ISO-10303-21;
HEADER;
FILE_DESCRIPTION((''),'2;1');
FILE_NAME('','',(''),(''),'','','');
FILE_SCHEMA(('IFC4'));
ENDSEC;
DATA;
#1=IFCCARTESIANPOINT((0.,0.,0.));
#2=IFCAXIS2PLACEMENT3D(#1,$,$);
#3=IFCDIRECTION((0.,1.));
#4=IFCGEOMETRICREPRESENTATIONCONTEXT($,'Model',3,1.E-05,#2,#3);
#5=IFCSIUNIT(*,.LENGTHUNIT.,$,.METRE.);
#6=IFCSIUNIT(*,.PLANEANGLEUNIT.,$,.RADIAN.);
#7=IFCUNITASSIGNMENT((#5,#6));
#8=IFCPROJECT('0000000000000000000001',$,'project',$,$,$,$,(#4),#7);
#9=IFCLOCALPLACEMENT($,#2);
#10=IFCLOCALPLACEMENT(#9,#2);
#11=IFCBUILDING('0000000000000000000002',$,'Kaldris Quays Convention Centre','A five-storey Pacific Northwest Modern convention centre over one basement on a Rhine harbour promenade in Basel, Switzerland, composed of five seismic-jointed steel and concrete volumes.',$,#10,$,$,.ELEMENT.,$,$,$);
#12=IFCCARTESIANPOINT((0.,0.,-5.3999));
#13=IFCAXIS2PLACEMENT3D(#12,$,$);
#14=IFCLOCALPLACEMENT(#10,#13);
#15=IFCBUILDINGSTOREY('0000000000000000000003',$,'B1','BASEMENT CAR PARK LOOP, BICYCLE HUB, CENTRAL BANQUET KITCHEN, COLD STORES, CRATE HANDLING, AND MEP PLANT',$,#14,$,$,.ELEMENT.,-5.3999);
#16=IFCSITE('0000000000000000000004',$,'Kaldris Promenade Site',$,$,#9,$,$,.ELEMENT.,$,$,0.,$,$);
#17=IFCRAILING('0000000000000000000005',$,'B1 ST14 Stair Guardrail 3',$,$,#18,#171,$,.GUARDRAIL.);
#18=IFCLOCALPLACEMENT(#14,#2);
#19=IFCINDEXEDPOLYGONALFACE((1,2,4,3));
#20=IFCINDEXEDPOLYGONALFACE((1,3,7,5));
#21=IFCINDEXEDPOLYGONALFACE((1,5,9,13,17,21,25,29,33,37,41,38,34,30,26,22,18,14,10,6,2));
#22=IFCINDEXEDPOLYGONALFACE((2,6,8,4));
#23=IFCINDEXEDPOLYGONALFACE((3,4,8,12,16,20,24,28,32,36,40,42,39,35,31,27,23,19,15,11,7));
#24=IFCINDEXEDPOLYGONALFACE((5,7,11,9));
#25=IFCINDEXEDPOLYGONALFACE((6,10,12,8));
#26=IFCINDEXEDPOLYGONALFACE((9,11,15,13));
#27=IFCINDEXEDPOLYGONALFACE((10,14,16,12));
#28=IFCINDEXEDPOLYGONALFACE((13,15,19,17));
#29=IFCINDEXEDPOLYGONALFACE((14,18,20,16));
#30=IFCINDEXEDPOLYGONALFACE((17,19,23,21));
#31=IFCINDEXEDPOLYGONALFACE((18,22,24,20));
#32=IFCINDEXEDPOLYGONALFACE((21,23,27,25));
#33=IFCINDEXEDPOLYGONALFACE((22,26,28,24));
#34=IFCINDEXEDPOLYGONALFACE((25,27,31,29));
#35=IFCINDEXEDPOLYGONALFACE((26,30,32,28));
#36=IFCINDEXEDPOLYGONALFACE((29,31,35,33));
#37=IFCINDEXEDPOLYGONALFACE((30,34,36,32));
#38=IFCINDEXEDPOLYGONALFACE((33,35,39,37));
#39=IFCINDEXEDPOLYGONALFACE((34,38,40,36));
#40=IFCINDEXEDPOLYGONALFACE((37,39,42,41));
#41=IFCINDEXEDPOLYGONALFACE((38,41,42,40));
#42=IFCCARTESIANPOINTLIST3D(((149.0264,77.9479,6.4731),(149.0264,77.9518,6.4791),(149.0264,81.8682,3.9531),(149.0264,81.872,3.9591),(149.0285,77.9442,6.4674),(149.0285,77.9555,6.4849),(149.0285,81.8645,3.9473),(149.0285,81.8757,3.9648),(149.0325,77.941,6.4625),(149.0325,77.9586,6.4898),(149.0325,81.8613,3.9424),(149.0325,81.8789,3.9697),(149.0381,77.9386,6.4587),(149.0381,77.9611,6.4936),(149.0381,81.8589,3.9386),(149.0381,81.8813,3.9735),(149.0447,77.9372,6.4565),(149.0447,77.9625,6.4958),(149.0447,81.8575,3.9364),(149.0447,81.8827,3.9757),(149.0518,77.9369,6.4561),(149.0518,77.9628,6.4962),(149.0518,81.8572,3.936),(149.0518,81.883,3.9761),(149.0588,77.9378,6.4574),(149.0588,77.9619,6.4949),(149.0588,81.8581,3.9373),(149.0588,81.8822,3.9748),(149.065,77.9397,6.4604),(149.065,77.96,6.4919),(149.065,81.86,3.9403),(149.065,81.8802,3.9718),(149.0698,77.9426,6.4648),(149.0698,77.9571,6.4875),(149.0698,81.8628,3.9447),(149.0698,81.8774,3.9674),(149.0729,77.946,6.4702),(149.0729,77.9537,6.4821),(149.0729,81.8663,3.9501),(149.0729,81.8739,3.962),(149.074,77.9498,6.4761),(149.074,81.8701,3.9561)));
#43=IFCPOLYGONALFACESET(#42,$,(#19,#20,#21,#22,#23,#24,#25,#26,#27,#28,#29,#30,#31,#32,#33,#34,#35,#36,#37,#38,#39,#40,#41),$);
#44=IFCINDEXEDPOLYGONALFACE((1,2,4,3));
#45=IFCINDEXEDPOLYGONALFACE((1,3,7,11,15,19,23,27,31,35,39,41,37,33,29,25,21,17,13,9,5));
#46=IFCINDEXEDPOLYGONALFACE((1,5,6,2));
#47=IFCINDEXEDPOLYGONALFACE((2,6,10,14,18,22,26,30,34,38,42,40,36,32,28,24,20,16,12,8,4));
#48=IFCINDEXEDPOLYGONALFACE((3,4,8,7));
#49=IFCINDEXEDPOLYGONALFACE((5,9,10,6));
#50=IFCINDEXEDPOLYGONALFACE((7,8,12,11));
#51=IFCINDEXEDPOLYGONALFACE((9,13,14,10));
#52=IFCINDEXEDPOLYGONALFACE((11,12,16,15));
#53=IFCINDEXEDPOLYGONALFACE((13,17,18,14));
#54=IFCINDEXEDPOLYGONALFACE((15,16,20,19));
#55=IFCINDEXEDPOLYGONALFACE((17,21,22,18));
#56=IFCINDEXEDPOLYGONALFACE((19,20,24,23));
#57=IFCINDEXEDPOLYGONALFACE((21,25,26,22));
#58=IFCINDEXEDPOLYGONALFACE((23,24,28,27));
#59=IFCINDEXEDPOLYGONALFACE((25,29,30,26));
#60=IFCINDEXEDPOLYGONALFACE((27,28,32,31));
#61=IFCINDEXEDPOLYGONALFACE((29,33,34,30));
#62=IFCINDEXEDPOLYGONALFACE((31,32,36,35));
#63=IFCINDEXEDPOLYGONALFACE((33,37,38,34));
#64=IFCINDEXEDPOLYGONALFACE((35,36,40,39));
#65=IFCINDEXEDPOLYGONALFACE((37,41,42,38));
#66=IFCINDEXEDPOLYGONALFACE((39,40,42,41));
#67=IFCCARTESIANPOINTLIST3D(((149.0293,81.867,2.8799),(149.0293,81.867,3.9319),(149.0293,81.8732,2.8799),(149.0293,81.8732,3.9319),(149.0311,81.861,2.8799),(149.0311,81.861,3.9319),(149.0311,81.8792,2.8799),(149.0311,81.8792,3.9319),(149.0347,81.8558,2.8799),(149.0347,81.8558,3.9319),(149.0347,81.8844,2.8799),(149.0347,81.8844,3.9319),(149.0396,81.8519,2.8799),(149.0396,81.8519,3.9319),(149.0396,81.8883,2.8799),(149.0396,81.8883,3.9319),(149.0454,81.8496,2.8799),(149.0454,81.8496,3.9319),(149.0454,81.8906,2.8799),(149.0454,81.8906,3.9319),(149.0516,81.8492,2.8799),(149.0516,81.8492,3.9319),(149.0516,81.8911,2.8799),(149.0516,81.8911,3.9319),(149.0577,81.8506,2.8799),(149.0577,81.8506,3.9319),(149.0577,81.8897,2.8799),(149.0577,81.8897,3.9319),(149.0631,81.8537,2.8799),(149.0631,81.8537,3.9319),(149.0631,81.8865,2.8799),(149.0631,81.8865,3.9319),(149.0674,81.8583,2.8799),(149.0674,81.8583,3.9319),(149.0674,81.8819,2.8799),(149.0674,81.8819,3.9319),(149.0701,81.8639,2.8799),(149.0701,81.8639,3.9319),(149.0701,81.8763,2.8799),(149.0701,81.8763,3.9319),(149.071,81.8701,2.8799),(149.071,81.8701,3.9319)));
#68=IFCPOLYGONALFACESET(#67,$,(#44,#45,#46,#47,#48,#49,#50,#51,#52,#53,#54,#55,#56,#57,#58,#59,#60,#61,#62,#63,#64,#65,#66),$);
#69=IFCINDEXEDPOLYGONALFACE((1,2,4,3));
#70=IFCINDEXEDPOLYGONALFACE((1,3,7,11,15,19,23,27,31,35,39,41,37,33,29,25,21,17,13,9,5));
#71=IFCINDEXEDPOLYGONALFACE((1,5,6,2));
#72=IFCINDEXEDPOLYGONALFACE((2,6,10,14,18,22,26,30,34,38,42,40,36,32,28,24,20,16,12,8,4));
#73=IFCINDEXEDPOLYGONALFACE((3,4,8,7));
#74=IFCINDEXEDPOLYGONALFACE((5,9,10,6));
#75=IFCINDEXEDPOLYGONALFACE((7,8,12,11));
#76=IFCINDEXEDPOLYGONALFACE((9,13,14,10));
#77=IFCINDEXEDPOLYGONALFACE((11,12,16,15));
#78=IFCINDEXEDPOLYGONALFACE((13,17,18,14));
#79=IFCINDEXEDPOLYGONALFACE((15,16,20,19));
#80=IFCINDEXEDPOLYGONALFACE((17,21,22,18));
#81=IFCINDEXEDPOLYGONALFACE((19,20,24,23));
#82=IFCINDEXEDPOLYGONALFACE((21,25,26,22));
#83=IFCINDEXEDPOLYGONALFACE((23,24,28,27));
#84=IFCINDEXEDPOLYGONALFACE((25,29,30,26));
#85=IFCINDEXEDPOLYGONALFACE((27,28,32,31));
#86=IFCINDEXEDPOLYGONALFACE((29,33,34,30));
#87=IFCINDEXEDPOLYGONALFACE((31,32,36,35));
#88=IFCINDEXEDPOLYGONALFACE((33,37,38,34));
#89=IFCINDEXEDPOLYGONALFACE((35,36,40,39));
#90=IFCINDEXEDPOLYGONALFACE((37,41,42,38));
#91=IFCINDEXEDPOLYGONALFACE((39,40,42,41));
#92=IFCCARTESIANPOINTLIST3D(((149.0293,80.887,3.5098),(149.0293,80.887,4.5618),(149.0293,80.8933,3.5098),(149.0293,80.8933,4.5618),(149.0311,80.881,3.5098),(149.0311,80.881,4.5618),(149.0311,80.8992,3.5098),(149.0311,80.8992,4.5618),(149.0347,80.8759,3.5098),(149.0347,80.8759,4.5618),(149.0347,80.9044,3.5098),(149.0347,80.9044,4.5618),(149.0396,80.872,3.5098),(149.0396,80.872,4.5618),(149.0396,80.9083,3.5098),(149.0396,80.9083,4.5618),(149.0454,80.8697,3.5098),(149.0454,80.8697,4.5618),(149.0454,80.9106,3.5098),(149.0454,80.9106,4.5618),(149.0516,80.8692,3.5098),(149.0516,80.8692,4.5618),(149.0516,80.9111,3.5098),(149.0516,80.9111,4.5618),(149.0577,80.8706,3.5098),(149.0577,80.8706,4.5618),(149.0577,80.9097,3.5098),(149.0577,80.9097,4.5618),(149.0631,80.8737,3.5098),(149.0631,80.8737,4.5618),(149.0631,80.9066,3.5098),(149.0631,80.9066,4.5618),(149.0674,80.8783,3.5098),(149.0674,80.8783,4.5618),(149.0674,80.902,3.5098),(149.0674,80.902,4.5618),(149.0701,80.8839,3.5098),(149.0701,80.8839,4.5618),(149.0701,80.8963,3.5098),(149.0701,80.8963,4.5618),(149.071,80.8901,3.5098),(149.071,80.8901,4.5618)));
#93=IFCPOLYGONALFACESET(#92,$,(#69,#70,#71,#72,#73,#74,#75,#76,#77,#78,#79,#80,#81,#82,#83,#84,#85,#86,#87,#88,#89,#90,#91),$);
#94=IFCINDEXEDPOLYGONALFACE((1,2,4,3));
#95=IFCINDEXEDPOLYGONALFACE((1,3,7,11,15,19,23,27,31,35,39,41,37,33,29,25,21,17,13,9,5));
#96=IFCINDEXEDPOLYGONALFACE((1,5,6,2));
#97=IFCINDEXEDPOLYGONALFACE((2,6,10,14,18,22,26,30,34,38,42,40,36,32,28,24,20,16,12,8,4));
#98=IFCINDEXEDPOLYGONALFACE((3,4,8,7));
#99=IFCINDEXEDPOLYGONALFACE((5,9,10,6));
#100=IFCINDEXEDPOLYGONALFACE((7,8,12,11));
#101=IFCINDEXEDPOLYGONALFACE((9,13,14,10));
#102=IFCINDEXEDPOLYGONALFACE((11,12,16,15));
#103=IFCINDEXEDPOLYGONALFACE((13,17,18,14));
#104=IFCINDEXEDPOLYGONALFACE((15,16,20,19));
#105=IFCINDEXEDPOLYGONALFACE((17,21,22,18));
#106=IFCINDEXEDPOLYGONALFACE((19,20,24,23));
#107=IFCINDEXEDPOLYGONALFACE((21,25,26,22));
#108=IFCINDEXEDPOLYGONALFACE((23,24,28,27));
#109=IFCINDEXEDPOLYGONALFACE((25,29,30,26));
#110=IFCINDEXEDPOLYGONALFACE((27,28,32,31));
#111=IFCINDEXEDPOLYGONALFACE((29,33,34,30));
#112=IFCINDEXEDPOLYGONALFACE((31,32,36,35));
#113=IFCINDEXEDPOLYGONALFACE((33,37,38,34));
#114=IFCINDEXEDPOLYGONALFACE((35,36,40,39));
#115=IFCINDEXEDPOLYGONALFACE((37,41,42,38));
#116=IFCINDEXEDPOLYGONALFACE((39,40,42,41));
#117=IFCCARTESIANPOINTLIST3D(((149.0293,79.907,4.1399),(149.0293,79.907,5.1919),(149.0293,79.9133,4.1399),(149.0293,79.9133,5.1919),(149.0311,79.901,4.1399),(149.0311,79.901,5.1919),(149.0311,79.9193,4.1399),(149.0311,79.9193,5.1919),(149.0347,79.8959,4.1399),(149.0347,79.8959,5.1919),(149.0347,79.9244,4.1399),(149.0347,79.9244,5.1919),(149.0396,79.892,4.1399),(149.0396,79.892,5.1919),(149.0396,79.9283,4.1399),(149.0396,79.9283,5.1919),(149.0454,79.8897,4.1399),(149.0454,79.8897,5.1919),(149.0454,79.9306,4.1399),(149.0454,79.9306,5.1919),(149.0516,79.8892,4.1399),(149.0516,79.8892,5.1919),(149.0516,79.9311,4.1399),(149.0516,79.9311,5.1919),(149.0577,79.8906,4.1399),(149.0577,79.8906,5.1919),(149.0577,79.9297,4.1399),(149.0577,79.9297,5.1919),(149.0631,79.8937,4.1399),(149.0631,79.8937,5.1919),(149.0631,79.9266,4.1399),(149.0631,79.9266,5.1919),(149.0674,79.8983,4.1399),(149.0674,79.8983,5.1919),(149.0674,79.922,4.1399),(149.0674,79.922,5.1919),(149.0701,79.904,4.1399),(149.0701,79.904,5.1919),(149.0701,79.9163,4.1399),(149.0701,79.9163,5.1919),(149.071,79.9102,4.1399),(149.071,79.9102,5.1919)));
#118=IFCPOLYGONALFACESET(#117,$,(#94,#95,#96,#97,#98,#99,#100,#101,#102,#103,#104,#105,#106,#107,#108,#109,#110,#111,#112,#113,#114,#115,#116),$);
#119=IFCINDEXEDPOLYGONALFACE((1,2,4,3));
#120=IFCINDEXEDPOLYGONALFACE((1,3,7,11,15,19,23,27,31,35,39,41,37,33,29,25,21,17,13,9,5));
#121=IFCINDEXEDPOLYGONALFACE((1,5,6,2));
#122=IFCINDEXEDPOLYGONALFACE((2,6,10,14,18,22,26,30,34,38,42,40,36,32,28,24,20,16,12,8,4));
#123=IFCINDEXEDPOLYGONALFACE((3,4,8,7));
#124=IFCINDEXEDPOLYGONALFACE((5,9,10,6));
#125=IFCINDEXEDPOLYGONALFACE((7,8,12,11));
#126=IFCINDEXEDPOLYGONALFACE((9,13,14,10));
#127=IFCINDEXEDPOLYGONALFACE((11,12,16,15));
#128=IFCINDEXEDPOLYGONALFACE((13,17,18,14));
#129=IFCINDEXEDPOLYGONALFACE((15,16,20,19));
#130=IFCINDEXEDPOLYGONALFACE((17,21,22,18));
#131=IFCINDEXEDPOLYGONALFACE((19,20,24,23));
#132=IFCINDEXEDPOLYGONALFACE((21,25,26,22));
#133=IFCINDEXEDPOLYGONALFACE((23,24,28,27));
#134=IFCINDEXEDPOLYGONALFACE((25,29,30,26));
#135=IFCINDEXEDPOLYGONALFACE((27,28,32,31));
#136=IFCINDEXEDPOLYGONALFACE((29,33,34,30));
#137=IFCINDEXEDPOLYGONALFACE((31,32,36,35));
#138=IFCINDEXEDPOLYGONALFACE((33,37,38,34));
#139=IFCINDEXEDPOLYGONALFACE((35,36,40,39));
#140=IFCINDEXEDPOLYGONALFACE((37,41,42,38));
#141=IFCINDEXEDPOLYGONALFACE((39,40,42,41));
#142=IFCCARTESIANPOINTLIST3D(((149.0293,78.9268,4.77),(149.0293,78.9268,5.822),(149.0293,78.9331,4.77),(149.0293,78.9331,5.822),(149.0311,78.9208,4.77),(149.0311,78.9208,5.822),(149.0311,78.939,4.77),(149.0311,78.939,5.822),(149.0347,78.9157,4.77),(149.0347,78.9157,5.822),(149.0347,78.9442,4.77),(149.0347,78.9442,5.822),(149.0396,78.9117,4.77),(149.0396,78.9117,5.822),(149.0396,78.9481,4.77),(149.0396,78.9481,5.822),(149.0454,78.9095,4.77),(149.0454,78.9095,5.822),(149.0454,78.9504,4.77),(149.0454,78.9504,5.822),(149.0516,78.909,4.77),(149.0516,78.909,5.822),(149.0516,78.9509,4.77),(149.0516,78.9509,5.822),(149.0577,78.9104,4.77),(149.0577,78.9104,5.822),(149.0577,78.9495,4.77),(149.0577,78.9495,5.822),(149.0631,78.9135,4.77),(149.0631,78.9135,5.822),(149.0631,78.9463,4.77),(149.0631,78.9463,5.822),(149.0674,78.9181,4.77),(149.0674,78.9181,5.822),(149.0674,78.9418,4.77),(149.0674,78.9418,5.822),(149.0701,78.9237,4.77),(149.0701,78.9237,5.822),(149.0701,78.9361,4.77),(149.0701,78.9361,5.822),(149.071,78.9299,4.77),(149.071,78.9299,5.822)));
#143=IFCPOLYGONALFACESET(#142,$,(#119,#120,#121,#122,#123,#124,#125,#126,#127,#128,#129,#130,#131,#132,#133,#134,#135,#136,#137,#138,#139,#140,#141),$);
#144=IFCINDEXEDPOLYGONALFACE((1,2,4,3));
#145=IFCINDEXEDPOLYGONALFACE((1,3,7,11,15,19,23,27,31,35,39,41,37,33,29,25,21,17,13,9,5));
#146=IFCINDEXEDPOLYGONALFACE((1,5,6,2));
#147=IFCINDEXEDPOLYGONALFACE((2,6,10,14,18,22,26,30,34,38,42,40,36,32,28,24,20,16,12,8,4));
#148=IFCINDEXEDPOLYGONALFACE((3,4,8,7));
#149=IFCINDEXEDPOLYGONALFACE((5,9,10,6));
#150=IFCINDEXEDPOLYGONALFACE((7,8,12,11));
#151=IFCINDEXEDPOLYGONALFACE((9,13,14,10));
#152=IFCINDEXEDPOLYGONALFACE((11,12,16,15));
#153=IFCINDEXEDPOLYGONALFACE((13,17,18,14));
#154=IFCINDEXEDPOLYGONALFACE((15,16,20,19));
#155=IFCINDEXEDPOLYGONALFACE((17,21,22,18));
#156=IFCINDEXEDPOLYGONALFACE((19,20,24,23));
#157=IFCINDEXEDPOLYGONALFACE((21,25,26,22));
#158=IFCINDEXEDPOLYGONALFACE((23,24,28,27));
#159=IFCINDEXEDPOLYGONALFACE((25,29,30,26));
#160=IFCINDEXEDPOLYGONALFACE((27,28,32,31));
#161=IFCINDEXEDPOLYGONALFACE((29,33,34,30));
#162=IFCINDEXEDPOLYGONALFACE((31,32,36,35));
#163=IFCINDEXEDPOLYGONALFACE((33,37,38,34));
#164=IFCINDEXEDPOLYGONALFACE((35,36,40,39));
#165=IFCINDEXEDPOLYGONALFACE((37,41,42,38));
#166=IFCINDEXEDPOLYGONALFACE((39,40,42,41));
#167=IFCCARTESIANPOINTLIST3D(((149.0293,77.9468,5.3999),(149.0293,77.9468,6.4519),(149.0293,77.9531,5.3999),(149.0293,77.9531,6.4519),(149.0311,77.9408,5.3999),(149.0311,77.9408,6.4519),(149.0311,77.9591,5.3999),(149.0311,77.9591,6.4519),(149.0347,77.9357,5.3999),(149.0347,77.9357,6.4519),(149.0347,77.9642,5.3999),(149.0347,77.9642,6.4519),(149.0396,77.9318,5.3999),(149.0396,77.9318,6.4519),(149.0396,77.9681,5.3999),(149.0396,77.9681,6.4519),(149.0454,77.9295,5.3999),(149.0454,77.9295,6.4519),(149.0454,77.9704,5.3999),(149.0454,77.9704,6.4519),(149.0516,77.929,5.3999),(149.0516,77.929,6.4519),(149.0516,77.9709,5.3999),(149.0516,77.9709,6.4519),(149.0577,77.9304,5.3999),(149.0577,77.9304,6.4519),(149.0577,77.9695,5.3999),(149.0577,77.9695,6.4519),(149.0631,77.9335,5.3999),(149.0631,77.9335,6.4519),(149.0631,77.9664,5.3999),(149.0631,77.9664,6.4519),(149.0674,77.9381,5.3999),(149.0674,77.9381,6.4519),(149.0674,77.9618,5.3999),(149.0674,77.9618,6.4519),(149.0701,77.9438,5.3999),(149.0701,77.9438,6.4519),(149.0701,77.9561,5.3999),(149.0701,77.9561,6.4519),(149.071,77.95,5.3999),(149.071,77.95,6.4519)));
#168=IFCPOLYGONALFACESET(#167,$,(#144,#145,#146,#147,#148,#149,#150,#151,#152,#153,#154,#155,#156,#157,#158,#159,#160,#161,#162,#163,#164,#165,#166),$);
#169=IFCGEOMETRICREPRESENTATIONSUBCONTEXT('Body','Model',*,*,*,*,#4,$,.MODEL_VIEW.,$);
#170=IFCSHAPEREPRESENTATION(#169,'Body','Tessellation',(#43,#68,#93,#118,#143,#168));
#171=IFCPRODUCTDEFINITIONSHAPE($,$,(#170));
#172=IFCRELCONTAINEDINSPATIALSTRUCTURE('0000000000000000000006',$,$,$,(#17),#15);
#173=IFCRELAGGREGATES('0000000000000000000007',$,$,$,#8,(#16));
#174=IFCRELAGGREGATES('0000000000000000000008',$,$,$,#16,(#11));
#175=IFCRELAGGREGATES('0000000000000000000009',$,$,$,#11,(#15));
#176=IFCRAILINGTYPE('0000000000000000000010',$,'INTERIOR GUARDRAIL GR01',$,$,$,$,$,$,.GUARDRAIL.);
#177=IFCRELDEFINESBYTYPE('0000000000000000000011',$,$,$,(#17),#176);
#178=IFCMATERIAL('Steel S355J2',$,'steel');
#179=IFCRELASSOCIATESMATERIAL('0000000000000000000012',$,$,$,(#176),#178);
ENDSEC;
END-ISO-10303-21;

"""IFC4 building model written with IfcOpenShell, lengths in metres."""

from ifc_helpers import new_model, si_unit, direction, frame, origin, origin_2d, place, context, subcontext, project, spatial, circle, extrude, material, type_object, element, save


model = new_model("IFC4")

# Units and contexts
model_context = context("Model", 3, precision=1e-05, world=origin(), true_north=direction((0.0, 1.0)))
body_context = subcontext(model_context, "Body", "Model", "MODEL_VIEW")
ifc_project = project(units=[si_unit("LENGTHUNIT", "METRE"), si_unit("PLANEANGLEUNIT", "RADIAN")], contexts=[model_context])

# Site, building, storey
site_placement = place(None, origin())
site = spatial("IfcSite", under=ifc_project, at=site_placement, Name="Kaldris Promenade Site", CompositionType="ELEMENT", RefElevation=0.0)
building_placement = place(site_placement, origin())
building = spatial("IfcBuilding", under=site, at=building_placement, Name="Kaldris Quays Convention Centre", Description="A five-storey Pacific Northwest Modern convention centre over one basement on a Rhine harbour promenade in Basel, Switzerland, composed of five seismic-jointed steel and concrete volumes.", CompositionType="ELEMENT")
storey_placement = place(building_placement, frame((0.0, 0.0, -5.3999)))
storey = spatial("IfcBuildingStorey", under=building, at=storey_placement, Name="B1", Description="BASEMENT CAR PARK LOOP, BICYCLE HUB, CENTRAL BANQUET KITCHEN, COLD STORES, CRATE HANDLING, AND MEP PLANT", CompositionType="ELEMENT", Elevation=-5.3999)

# Shared definitions
ifc_material_1 = material(Name="Steel S355J2", Category="steel")

# Railing
railing_type_1 = type_object("IfcRailingType", Name="INTERIOR GUARDRAIL GR01", PredefinedType="GUARDRAIL", material=ifc_material_1)
railing_1_placement = place(storey_placement, frame((149.05, 81.8701, 2.8799)))
element("IfcRailing", 1, at=railing_1_placement, inside=storey, type_object=railing_type_1, Name="B1 ST14 Stair Guardrail 3", PredefinedType="GUARDRAIL", context=body_context, shape_type="SweptSolid", body=[
    extrude(circle(Radius=0.0239, at=origin_2d()), frame((0.0, 0.0, 1.0762), z_axis=(0.0, -0.841187, 0.540744), x_axis=(1.0, 0.0, 0.0)), (0.0, 0.0, 1.0), 4.6604),
    extrude(circle(Radius=0.021, at=origin_2d()), origin(), (0.0, 0.0, 1.0), 1.052),
    extrude(circle(Radius=0.021, at=origin_2d()), frame((0.0, -0.98, 0.6299)), (0.0, 0.0, 1.0), 1.052),
    extrude(circle(Radius=0.021, at=origin_2d()), frame((0.0, -1.96, 1.26)), (0.0, 0.0, 1.0), 1.052),
    extrude(circle(Radius=0.021, at=origin_2d()), frame((0.0, -2.9402, 1.8901)), (0.0, 0.0, 1.0), 1.052),
    extrude(circle(Radius=0.021, at=origin_2d()), frame((0.0, -3.9202, 2.52)), (0.0, 0.0, 1.0), 1.052),
])

save(model, "model.ifc")
